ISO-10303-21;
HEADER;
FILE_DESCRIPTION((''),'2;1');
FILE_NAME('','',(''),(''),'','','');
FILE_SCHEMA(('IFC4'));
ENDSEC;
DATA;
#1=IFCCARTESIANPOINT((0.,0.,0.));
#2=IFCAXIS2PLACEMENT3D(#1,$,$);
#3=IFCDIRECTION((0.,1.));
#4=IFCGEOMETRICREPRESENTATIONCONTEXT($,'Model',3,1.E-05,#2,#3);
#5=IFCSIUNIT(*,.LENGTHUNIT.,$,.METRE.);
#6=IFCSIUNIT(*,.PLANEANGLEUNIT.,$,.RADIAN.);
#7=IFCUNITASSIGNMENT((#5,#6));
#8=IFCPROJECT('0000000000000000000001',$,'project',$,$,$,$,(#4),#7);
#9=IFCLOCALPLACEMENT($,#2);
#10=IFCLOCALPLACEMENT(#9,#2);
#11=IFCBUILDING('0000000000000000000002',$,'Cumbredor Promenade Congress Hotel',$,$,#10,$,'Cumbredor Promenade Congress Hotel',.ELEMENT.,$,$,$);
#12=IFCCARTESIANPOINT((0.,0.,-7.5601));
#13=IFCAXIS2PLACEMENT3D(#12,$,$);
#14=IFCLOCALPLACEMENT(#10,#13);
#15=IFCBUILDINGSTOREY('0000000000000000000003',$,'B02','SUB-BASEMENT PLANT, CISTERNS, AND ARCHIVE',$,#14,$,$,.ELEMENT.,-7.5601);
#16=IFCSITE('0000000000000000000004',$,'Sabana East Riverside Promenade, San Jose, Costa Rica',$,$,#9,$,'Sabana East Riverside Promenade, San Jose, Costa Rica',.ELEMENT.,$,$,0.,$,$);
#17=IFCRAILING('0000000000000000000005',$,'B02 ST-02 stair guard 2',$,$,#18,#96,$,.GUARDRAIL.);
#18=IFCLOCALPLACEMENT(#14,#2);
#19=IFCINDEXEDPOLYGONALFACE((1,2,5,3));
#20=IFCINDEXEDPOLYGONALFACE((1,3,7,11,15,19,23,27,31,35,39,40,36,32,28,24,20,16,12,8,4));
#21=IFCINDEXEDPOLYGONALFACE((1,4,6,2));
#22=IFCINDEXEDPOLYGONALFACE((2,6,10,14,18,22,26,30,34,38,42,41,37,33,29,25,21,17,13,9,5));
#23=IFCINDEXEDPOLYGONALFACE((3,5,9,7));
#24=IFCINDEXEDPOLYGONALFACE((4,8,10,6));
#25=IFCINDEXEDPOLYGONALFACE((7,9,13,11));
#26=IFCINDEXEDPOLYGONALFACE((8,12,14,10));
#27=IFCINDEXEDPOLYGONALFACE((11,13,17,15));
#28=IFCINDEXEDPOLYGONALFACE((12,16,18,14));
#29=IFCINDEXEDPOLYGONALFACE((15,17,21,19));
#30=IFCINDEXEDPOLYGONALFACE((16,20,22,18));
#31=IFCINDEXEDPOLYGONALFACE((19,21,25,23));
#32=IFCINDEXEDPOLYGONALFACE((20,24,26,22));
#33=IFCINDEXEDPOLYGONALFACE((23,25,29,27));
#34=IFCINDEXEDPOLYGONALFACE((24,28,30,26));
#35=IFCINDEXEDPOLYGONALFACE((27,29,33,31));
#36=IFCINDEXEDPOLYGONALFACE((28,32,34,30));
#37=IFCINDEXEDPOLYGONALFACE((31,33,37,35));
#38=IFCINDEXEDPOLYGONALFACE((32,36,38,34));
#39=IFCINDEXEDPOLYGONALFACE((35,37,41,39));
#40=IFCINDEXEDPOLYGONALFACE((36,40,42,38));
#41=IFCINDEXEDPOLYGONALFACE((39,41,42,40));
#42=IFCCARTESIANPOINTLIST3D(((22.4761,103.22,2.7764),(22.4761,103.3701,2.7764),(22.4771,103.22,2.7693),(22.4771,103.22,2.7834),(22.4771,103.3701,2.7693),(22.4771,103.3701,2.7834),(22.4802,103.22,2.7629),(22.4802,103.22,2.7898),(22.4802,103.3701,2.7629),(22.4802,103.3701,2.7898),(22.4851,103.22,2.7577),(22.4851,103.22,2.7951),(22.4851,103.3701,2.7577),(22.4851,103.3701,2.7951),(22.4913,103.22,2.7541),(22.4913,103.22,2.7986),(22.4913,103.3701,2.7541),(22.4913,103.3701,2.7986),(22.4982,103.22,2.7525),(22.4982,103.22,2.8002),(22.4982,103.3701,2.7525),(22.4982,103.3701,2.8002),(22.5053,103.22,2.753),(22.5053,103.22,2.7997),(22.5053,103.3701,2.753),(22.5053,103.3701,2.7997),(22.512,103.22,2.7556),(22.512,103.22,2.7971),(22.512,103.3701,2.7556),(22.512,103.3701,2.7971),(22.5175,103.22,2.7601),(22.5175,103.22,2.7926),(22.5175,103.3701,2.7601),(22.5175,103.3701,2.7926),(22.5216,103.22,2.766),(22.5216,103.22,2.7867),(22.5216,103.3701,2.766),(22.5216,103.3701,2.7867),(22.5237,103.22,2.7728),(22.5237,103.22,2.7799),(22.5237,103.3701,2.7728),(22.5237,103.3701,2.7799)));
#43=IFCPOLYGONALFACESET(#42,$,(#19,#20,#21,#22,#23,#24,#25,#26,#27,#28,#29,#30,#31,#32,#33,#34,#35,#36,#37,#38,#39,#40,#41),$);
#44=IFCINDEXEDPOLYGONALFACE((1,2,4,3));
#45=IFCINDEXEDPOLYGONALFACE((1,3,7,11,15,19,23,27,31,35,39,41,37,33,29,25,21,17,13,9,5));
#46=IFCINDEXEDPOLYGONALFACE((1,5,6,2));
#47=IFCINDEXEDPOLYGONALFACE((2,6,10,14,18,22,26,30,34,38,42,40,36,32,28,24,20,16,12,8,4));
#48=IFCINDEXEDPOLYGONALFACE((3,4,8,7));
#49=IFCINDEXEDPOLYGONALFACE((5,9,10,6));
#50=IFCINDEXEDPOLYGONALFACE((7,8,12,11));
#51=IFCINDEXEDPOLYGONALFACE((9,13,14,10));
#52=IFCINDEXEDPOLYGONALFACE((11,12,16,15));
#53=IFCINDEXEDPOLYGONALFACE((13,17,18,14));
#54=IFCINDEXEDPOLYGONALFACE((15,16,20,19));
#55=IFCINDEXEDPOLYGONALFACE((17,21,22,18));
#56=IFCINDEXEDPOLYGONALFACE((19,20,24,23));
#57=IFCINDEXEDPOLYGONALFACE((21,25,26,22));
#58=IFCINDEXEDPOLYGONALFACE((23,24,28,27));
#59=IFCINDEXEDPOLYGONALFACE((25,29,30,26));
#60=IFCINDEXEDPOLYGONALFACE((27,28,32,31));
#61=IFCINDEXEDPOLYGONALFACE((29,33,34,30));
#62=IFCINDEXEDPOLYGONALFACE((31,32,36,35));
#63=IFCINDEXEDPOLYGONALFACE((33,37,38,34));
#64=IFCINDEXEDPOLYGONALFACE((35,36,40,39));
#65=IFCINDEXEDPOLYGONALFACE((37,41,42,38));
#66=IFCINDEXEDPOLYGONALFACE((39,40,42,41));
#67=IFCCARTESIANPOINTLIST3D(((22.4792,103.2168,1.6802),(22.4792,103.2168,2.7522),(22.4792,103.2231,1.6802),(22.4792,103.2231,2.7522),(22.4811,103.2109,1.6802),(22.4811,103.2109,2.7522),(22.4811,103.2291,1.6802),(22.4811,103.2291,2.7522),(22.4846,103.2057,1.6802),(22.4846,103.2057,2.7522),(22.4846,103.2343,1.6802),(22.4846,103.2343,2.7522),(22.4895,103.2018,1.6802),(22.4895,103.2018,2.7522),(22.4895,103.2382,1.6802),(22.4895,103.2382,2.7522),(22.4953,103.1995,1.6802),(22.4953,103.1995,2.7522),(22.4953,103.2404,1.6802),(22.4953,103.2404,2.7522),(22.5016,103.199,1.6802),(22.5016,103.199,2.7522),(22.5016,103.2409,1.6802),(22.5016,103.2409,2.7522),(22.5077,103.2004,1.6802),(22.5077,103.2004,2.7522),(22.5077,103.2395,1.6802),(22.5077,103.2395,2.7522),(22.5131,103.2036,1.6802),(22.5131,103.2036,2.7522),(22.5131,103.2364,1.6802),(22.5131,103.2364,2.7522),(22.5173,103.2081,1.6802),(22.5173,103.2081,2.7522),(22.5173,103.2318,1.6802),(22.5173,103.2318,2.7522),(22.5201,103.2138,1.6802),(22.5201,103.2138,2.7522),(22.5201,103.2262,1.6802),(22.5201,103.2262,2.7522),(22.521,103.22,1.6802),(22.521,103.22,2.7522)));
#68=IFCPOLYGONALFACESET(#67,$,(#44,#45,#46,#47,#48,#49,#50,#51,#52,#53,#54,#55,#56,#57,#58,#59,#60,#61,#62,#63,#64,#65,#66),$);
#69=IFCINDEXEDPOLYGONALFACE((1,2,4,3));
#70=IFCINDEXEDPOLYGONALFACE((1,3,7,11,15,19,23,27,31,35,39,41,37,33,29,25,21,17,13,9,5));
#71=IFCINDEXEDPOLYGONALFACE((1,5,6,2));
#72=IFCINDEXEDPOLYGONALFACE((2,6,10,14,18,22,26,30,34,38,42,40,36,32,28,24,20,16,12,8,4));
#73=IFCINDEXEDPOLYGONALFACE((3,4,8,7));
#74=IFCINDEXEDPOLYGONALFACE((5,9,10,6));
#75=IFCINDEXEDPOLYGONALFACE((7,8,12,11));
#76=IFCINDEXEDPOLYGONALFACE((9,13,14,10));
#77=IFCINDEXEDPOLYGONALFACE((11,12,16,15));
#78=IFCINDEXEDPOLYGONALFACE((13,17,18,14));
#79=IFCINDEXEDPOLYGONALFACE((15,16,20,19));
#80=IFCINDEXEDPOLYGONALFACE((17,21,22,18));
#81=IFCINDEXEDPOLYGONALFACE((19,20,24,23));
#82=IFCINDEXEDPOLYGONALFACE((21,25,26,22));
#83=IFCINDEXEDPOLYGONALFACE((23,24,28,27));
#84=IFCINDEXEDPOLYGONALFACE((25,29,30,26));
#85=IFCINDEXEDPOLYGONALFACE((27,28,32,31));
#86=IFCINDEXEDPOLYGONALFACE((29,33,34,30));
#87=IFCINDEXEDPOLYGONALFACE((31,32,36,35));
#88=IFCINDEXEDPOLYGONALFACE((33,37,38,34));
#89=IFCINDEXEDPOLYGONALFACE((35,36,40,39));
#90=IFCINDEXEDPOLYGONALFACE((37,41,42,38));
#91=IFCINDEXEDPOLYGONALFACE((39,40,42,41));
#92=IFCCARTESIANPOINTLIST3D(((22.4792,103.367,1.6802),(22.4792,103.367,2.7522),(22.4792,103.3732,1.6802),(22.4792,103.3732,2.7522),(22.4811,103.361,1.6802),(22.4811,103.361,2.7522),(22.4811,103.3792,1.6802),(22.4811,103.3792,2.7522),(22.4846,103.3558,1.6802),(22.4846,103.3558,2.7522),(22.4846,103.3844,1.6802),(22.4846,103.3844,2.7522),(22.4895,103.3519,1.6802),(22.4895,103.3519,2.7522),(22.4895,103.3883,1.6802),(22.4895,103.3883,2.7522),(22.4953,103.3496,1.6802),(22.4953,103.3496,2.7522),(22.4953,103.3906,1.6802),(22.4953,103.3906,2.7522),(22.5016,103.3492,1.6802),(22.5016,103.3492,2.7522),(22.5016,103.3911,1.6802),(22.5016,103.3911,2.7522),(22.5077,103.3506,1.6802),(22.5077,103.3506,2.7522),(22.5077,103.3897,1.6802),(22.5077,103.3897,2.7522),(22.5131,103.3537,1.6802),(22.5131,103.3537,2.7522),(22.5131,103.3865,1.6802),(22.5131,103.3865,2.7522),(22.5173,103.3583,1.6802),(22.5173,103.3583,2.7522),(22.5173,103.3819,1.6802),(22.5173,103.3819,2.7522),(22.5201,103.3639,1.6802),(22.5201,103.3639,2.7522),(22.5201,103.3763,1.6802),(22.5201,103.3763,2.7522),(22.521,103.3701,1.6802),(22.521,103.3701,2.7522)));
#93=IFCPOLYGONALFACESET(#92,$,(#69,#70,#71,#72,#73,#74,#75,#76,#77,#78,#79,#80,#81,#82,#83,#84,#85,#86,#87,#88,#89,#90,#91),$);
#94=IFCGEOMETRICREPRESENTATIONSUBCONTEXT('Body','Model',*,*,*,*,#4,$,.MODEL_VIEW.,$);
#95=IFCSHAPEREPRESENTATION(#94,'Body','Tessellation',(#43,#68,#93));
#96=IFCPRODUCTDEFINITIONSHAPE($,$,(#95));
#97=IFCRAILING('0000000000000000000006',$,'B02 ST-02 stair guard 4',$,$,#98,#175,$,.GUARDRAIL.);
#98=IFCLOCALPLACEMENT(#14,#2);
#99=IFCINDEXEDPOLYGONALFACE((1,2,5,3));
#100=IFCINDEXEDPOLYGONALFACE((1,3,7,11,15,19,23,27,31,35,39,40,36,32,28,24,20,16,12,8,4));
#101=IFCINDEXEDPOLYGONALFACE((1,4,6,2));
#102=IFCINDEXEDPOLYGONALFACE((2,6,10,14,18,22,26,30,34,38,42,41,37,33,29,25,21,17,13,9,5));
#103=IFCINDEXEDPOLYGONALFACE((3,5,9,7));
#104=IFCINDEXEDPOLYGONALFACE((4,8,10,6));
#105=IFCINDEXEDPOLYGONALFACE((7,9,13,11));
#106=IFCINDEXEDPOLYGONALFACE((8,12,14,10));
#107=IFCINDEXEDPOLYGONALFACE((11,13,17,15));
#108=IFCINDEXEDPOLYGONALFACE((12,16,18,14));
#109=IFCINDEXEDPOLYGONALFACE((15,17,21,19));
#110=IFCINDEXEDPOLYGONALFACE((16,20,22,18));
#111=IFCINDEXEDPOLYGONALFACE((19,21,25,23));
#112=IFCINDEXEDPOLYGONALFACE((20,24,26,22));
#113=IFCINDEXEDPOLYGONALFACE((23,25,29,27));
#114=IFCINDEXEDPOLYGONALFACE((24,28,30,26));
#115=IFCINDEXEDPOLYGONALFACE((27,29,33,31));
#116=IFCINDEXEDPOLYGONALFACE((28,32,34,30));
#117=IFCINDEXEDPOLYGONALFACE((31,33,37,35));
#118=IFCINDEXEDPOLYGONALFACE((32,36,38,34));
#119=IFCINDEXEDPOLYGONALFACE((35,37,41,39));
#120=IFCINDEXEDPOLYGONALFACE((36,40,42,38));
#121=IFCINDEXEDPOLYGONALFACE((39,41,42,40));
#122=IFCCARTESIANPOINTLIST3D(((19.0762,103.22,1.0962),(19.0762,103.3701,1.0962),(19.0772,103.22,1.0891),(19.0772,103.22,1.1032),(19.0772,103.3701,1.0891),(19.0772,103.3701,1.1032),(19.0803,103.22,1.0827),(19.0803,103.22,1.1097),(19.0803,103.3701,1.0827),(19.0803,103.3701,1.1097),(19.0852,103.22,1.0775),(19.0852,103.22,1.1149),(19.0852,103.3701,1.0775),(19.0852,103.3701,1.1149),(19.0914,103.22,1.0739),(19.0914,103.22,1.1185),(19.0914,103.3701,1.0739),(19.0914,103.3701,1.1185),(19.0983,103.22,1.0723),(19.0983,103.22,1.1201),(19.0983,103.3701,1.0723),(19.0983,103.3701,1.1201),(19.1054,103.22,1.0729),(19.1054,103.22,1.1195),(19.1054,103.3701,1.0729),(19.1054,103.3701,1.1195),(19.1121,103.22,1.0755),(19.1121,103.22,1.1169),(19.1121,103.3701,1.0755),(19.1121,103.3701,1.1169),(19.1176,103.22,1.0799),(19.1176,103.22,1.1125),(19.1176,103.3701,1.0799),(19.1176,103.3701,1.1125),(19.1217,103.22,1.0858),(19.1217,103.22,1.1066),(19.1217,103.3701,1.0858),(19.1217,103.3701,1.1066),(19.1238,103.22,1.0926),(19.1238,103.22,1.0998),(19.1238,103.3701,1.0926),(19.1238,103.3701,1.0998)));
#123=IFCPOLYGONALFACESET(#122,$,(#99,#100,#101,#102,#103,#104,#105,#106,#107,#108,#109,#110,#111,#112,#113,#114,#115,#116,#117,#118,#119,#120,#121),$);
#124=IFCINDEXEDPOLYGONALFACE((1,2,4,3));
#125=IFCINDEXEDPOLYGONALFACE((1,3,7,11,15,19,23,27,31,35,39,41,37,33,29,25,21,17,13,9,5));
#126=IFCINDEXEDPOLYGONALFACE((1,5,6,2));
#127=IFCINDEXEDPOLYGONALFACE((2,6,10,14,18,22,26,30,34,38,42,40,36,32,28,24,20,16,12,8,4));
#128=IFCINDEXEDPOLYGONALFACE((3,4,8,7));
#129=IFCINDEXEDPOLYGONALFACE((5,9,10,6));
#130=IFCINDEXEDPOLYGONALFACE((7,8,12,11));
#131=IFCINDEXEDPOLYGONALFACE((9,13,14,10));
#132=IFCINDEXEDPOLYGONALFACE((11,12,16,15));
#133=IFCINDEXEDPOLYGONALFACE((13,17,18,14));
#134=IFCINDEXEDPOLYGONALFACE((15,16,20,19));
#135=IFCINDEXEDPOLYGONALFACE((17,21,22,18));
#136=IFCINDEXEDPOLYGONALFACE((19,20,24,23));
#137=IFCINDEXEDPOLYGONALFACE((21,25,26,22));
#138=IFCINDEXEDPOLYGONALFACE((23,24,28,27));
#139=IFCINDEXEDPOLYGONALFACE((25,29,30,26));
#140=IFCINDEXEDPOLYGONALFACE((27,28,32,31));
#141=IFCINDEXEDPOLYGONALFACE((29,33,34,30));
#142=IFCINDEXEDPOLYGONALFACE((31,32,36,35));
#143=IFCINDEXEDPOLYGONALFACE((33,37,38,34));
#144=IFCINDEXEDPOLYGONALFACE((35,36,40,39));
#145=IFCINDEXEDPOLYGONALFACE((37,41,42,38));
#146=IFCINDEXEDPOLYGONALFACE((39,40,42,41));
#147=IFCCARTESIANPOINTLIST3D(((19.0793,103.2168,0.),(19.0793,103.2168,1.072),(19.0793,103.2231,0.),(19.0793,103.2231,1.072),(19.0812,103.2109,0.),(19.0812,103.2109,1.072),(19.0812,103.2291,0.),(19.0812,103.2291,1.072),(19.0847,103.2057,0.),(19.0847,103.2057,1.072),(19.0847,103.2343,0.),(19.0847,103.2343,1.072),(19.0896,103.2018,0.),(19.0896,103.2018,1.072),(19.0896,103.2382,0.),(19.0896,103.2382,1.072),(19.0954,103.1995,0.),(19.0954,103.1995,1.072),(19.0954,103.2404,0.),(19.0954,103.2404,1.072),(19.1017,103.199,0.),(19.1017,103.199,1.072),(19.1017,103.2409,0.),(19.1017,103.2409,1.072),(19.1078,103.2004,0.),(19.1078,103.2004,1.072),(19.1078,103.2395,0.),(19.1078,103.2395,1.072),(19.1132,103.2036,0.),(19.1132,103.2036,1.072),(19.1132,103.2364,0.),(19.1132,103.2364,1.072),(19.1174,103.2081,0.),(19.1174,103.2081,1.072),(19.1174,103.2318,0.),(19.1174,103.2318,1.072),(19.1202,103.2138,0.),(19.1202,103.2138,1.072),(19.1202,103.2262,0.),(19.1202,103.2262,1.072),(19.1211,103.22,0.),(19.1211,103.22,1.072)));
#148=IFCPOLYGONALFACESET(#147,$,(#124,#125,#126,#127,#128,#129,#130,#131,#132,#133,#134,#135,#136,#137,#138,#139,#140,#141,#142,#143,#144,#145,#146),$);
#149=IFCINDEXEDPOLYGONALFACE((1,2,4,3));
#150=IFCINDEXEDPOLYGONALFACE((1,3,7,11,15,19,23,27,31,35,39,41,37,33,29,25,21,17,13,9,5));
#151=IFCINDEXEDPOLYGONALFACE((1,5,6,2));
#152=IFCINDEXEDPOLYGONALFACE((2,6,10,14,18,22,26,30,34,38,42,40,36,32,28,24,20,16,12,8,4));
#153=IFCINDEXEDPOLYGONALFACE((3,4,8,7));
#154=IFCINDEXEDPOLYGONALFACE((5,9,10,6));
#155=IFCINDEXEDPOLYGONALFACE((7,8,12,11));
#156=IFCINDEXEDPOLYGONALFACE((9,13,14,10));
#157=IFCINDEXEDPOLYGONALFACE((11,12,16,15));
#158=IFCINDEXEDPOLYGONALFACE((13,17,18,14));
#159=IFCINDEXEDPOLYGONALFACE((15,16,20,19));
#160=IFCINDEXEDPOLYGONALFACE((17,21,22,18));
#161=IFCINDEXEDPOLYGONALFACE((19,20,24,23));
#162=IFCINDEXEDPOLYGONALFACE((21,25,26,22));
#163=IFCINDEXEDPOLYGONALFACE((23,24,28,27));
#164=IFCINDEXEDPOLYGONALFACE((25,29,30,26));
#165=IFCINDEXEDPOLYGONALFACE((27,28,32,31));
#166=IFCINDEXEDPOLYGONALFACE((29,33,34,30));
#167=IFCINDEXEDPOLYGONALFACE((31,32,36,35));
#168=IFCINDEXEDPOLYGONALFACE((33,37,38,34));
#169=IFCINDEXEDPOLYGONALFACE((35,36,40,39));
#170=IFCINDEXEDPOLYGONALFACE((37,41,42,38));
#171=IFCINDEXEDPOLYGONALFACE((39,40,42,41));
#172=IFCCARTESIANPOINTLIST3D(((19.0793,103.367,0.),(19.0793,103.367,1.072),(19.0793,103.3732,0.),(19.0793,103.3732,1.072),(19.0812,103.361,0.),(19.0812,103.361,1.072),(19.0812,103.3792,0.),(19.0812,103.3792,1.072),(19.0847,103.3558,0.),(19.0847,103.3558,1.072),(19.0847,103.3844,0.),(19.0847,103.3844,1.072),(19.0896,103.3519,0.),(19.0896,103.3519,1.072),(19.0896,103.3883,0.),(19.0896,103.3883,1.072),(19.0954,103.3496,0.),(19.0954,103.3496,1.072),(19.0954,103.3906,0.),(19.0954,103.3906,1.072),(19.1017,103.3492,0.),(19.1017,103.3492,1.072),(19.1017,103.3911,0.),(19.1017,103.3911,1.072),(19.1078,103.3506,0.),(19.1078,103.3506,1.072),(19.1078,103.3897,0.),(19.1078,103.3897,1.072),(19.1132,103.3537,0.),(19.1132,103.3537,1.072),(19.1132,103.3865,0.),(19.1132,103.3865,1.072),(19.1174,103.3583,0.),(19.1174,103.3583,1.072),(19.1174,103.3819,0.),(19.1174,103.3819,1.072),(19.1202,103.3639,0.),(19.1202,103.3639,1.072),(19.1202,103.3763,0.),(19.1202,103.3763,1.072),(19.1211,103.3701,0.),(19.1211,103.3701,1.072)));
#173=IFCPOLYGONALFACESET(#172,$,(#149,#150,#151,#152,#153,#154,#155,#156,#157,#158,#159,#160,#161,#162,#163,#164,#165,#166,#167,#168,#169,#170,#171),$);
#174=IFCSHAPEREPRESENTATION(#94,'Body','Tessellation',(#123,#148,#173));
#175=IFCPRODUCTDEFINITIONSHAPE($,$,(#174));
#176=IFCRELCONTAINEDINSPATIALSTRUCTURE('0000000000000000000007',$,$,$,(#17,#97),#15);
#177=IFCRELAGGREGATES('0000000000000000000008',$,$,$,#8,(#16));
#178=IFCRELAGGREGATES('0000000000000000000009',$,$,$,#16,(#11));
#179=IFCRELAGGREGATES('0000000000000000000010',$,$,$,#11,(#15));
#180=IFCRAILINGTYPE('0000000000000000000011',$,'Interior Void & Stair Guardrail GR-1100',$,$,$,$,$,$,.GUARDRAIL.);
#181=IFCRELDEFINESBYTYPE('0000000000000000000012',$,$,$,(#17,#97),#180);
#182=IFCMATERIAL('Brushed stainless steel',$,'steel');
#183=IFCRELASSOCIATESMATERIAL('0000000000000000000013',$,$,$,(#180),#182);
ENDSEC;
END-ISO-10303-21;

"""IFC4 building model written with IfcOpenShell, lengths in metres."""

from ifc_helpers import new_model, si_unit, direction, frame, origin, origin_2d, place, context, subcontext, project, spatial, circle, extrude, material, type_object, element, save


model = new_model("IFC4")

# Units and contexts
model_context = context("Model", 3, precision=1e-05, world=origin(), true_north=direction((0.0, 1.0)))
body_context = subcontext(model_context, "Body", "Model", "MODEL_VIEW")
ifc_project = project(units=[si_unit("LENGTHUNIT", "METRE"), si_unit("PLANEANGLEUNIT", "RADIAN")], contexts=[model_context])

# Site, building, storey
site_placement = place(None, origin())
site = spatial("IfcSite", under=ifc_project, at=site_placement, Name="Sabana East Riverside Promenade, San Jose, Costa Rica", LongName="Sabana East Riverside Promenade, San Jose, Costa Rica", CompositionType="ELEMENT", RefElevation=0.0)
building_placement = place(site_placement, origin())
building = spatial("IfcBuilding", under=site, at=building_placement, Name="Cumbredor Promenade Congress Hotel", LongName="Cumbredor Promenade Congress Hotel", CompositionType="ELEMENT")
storey_placement = place(building_placement, frame((0.0, 0.0, -7.5601)))
storey = spatial("IfcBuildingStorey", under=building, at=storey_placement, Name="B02", Description="SUB-BASEMENT PLANT, CISTERNS, AND ARCHIVE", CompositionType="ELEMENT", Elevation=-7.5601)

# Railings
ifc_material_1 = material(Name="Brushed stainless steel", Category="steel")
railing_type_1 = type_object("IfcRailingType", Name="Interior Void & Stair Guardrail GR-1100", PredefinedType="GUARDRAIL", material=ifc_material_1)
for number, where, name in (
    (1, (22.5, 103.22, 1.6802), "B02 ST-02 stair guard 2"),
    (2, (19.1001, 103.22, 0.0), "B02 ST-02 stair guard 4"),
):
    element("IfcRailing", number, at=place(storey_placement, frame(where)), inside=storey, type_object=railing_type_1, Name=name, PredefinedType="GUARDRAIL", context=body_context, shape_type="SweptSolid", body=[
        extrude(circle(Radius=0.0239, at=origin_2d()), frame((0.0, 0.0, 1.0962), z_axis=(0.0, 1.0, 0.0), x_axis=(-1.0, 0.0, 0.0)), (0.0, 0.0, 1.0), 0.1501),
        extrude(circle(Radius=0.021, at=origin_2d()), origin(), (0.0, 0.0, 1.0), 1.072),
        extrude(circle(Radius=0.021, at=origin_2d()), frame((0.0, 0.1501, 0.0)), (0.0, 0.0, 1.0), 1.072),
    ])

save(model, "model.ifc")
